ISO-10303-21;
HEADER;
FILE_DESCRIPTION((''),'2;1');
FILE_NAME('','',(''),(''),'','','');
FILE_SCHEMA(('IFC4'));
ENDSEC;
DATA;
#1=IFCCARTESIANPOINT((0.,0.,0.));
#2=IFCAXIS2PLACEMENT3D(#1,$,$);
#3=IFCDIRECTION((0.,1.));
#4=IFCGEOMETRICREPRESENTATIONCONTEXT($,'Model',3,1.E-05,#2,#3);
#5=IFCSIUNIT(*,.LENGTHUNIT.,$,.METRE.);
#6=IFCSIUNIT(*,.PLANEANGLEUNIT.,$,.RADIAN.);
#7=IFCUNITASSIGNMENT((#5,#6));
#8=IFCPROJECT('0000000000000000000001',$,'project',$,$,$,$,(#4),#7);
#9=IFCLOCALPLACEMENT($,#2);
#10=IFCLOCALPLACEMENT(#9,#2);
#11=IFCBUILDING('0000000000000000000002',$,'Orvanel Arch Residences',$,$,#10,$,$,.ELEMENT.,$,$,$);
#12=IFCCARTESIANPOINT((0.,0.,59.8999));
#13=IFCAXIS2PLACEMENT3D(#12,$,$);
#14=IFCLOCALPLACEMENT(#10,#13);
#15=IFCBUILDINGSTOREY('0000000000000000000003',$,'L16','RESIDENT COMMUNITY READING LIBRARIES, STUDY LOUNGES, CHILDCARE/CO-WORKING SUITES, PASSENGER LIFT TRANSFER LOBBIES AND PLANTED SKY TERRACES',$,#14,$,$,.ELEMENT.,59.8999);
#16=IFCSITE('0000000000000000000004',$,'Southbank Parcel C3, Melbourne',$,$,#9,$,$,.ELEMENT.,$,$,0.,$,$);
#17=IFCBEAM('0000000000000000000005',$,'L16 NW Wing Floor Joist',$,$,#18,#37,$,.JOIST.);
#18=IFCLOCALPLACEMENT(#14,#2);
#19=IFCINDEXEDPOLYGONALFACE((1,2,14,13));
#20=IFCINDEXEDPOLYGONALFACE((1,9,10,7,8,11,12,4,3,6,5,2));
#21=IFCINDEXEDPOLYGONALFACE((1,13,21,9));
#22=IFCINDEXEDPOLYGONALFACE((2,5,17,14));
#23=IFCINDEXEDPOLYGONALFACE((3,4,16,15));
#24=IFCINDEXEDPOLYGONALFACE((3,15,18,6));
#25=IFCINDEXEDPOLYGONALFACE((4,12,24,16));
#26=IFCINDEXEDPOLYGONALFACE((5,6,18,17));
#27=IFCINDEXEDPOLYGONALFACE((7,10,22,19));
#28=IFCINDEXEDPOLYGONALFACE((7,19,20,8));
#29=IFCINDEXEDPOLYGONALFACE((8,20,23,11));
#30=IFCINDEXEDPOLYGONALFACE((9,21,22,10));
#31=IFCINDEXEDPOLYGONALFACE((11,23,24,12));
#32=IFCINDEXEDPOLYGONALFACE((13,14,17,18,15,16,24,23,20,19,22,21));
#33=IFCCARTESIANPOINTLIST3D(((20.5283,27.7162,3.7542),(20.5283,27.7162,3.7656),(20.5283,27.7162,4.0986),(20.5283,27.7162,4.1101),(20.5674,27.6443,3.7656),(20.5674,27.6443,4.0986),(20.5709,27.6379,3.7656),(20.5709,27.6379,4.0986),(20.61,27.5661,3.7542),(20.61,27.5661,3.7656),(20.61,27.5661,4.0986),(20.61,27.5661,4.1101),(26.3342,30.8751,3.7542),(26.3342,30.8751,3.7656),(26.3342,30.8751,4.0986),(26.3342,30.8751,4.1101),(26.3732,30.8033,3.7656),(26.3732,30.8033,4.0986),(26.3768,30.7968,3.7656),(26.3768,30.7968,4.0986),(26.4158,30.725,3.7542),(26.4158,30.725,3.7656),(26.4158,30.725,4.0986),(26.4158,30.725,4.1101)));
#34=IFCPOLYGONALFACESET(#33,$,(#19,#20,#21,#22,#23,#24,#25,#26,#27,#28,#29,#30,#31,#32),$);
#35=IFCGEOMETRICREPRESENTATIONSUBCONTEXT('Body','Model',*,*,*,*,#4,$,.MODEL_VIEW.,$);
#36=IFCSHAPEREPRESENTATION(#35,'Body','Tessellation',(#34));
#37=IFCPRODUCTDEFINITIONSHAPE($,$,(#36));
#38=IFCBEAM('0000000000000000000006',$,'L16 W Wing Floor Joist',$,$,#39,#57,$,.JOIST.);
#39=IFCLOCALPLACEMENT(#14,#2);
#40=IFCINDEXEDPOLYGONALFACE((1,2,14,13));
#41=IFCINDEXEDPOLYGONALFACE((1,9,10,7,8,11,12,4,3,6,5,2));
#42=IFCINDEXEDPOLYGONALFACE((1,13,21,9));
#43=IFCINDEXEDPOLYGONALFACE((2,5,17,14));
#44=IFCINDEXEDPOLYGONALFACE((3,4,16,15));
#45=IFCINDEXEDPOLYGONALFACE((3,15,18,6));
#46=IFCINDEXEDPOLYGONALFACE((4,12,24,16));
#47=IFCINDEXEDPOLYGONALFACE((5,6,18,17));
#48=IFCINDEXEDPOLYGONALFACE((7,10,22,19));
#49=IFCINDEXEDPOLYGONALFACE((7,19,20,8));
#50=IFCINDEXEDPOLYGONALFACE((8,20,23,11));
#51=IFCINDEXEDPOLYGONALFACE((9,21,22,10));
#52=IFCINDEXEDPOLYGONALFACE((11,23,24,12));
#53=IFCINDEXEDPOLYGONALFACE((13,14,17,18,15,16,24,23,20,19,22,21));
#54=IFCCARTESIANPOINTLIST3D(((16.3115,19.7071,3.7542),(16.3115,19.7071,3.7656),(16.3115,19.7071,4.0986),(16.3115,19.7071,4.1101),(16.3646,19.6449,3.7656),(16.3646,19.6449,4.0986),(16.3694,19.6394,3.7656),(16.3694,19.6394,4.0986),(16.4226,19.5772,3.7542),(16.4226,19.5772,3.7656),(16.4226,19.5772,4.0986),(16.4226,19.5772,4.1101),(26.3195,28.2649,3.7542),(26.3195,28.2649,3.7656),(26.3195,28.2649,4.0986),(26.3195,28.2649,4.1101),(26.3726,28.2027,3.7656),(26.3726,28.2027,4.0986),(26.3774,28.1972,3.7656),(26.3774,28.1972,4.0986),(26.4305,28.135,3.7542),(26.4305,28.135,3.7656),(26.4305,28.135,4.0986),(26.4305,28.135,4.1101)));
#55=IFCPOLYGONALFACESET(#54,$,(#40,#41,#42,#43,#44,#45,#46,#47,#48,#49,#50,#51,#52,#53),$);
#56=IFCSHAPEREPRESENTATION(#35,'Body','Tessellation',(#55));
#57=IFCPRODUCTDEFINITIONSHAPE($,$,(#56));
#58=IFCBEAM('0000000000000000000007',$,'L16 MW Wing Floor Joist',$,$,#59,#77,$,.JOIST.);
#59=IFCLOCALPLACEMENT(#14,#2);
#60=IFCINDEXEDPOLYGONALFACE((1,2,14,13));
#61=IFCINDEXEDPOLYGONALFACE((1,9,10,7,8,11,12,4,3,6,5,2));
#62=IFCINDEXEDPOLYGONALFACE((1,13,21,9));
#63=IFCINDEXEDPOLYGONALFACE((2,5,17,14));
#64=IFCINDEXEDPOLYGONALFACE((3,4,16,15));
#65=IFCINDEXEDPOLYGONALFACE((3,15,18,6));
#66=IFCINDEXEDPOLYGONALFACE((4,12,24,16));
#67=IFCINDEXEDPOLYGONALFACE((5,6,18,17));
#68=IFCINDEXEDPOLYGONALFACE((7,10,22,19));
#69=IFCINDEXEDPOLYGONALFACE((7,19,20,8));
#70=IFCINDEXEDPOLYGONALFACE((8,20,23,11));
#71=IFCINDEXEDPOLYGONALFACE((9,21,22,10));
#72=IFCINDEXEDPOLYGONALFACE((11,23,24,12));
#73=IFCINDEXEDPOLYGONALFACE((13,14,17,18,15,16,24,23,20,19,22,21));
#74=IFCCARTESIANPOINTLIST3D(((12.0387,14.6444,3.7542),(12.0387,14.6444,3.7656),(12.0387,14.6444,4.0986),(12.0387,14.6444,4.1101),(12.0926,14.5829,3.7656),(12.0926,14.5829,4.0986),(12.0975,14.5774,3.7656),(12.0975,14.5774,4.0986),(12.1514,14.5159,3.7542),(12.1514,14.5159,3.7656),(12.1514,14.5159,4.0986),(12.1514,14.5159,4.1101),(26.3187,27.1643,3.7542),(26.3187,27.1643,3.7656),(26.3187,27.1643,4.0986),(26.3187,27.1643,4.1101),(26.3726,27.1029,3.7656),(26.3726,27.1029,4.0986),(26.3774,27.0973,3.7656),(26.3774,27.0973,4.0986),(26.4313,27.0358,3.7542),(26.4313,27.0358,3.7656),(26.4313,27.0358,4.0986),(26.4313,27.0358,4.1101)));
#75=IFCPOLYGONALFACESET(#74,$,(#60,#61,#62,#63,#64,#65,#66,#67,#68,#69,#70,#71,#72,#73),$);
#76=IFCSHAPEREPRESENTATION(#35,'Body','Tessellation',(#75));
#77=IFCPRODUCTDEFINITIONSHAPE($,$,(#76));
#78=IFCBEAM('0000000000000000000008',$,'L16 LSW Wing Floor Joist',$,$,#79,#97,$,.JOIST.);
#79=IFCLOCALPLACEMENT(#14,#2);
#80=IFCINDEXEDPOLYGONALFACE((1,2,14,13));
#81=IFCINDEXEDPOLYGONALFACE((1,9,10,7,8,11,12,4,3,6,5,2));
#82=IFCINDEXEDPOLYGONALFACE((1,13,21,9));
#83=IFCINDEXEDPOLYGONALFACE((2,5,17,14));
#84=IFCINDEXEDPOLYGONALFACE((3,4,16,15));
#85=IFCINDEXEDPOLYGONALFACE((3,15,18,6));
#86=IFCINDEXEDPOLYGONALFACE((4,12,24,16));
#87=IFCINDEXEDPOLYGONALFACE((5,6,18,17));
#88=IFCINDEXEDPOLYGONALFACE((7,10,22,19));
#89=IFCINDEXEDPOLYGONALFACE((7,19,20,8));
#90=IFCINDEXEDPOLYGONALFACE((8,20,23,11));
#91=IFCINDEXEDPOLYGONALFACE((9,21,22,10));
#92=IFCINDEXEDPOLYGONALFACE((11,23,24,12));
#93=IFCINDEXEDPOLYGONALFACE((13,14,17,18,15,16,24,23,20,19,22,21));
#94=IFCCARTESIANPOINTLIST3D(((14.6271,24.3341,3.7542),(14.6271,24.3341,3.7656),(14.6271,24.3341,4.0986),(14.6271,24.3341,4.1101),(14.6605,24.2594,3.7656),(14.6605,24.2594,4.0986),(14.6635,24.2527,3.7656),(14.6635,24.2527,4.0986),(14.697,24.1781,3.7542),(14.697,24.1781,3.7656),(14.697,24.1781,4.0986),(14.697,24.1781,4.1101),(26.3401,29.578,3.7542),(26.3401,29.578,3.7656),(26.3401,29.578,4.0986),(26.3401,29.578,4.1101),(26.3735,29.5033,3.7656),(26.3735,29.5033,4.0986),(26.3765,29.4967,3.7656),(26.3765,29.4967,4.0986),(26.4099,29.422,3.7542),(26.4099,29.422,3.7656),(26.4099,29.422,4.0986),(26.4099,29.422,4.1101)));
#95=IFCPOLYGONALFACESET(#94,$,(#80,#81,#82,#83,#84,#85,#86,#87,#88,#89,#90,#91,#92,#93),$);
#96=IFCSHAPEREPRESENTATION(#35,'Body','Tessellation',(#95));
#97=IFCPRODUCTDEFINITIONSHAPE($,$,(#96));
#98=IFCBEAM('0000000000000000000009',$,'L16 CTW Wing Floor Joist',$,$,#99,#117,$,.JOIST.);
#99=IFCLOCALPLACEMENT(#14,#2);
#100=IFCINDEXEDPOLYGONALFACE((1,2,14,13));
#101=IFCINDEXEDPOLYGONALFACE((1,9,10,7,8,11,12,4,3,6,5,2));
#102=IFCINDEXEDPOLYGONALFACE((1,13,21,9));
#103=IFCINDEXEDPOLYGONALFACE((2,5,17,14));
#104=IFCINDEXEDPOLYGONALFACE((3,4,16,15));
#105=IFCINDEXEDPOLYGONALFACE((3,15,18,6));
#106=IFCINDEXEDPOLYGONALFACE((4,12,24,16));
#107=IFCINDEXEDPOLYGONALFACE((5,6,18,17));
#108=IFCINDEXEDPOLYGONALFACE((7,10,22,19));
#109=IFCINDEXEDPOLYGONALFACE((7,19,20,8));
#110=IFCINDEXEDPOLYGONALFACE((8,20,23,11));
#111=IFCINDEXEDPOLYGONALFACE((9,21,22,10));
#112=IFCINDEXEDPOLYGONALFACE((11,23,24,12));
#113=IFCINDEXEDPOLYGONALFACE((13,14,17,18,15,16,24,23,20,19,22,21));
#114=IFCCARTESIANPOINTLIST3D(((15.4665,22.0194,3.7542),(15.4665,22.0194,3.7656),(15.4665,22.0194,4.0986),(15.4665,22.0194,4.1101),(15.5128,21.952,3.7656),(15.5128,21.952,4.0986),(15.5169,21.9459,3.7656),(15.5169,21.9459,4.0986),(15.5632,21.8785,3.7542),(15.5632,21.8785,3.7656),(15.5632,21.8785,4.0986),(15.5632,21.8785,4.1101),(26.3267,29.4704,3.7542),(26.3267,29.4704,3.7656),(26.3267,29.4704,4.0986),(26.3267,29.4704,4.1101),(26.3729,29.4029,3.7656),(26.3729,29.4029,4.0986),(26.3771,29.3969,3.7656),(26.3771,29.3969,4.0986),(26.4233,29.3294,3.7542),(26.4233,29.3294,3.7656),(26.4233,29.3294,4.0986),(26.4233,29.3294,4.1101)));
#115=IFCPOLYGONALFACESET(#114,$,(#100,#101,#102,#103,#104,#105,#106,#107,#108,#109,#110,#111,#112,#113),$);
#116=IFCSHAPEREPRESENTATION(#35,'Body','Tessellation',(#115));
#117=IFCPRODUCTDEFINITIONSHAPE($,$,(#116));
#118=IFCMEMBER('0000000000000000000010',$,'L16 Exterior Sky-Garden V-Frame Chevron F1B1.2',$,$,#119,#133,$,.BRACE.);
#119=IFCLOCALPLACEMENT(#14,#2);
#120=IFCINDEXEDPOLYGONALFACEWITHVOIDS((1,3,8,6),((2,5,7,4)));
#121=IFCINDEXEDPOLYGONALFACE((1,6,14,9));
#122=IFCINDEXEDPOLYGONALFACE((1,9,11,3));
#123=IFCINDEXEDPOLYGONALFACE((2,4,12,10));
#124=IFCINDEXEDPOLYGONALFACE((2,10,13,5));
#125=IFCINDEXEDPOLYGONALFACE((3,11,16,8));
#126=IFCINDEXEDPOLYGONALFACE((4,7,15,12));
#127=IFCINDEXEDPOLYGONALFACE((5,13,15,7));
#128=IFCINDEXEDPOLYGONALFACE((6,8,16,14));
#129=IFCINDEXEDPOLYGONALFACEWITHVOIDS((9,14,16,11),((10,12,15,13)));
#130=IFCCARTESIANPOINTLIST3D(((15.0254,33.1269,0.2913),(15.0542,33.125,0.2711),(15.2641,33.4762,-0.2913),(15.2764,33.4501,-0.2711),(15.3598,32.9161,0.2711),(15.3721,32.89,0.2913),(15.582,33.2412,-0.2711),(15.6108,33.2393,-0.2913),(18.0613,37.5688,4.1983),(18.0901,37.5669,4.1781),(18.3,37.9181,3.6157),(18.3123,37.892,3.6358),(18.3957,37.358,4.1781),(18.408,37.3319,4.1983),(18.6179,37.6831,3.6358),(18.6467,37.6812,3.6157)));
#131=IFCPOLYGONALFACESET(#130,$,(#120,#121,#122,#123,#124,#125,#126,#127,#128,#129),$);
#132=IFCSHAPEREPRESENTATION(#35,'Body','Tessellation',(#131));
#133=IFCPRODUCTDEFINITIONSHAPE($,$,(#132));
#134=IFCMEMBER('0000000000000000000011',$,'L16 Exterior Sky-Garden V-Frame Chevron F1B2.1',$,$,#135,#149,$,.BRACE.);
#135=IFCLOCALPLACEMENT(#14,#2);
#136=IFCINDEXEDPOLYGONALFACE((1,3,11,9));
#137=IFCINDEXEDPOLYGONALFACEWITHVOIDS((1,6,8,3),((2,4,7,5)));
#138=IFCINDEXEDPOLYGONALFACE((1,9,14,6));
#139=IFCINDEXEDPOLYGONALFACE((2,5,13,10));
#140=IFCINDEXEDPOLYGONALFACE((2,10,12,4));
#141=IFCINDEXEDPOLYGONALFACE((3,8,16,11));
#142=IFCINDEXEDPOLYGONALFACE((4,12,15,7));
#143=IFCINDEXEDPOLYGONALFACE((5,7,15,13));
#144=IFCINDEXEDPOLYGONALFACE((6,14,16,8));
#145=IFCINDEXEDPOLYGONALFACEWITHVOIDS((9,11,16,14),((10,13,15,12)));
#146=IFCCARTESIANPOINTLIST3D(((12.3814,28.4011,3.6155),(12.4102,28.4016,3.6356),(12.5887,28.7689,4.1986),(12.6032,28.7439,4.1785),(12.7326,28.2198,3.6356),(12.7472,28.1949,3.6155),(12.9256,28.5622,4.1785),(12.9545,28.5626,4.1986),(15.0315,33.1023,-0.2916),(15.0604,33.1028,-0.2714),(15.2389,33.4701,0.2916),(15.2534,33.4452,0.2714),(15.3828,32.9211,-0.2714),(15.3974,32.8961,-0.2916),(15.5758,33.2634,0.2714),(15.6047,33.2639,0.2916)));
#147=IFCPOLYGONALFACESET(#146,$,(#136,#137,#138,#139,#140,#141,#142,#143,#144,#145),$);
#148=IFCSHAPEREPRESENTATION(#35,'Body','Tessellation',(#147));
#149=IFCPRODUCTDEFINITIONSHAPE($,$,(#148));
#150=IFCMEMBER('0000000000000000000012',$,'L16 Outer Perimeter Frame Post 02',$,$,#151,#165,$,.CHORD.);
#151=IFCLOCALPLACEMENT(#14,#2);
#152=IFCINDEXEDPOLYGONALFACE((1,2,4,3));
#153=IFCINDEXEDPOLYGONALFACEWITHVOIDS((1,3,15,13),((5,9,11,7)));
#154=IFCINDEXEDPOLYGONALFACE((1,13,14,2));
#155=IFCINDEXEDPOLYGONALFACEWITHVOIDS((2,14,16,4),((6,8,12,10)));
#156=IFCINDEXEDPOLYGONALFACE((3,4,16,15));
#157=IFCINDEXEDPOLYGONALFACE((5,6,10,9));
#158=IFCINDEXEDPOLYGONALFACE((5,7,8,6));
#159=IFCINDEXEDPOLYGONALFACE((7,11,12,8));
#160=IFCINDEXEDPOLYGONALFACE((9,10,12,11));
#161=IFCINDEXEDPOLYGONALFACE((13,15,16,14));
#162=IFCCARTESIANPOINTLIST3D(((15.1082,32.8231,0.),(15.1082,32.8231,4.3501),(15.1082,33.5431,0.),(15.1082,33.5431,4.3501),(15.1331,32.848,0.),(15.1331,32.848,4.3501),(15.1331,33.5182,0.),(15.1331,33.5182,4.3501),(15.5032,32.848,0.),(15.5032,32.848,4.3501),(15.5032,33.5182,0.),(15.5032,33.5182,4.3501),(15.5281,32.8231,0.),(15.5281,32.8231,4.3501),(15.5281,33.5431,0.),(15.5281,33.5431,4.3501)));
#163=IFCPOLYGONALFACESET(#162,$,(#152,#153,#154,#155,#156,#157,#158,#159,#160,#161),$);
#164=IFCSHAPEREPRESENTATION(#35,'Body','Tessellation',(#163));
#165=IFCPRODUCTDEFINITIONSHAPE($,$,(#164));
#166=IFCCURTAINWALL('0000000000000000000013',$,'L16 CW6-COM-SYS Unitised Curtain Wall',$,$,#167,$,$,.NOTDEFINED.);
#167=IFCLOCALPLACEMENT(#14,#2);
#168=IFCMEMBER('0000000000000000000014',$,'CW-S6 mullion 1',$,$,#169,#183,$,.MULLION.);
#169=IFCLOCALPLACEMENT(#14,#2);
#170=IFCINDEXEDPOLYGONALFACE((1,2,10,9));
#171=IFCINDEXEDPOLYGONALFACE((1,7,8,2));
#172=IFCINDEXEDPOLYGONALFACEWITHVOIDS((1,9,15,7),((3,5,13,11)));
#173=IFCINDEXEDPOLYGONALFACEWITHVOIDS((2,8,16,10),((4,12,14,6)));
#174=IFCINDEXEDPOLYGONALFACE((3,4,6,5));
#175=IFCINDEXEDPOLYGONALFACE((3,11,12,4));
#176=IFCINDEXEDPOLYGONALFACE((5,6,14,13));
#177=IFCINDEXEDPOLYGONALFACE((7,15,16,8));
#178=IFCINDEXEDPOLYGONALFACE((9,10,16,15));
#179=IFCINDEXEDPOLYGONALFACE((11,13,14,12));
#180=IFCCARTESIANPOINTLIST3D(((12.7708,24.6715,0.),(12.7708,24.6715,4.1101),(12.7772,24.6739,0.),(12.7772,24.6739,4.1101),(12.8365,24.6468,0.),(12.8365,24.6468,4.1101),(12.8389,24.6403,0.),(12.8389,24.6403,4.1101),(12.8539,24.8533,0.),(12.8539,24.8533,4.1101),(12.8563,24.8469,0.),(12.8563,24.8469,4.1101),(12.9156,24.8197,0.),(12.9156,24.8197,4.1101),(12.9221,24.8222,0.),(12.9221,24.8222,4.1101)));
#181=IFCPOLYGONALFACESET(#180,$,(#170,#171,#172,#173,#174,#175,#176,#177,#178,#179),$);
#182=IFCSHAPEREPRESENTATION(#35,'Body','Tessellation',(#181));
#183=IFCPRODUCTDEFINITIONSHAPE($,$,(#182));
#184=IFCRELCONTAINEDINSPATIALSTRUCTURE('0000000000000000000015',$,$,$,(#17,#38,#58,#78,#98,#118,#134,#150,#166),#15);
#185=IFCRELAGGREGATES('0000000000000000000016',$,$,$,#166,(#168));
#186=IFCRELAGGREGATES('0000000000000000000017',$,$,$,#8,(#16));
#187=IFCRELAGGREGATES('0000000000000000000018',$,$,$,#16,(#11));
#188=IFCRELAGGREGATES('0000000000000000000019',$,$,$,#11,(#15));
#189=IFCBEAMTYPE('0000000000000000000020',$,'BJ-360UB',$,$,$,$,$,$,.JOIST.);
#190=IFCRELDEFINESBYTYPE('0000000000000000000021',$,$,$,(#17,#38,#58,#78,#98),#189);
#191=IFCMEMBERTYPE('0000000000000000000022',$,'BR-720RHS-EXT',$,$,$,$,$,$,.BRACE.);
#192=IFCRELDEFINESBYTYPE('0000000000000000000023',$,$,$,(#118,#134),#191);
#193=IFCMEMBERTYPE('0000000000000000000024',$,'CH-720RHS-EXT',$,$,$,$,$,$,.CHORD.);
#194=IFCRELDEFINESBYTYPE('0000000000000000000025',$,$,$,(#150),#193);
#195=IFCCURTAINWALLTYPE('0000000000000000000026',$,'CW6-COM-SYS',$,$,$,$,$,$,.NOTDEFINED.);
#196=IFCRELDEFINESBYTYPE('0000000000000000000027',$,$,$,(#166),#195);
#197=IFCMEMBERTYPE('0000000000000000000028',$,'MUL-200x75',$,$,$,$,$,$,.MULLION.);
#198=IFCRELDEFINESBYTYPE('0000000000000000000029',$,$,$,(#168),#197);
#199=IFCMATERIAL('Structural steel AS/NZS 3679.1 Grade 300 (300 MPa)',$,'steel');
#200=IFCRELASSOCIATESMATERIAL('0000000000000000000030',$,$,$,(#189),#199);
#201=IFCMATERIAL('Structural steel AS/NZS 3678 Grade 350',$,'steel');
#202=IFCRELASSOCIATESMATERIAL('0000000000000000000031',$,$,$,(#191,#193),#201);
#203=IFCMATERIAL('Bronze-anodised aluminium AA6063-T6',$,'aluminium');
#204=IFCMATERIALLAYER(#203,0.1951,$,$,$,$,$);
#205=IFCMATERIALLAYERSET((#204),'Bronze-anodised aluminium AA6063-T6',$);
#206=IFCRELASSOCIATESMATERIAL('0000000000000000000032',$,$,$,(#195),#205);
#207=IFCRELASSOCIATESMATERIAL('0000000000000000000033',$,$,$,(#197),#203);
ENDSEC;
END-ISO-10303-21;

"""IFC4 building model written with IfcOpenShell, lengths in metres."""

from ifc_helpers import new_model, si_unit, direction, frame, origin, origin_2d, place, context, subcontext, project, spatial, hollow_rectangle, i_section, extrude, material, layer, layer_set, material_profile, profile_set, type_object, element, aggregate, save


model = new_model("IFC4")

# Units and contexts
model_context = context("Model", 3, precision=1e-05, world=origin(), true_north=direction((0.0, 1.0)))
body_context = subcontext(model_context, "Body", "Model", "MODEL_VIEW")
ifc_project = project(units=[si_unit("LENGTHUNIT", "METRE"), si_unit("PLANEANGLEUNIT", "RADIAN")], contexts=[model_context])

# Site, building, storey
site_placement = place(None, origin())
site = spatial("IfcSite", under=ifc_project, at=site_placement, Name="Southbank Parcel C3, Melbourne", CompositionType="ELEMENT", RefElevation=0.0)
building_placement = place(site_placement, origin())
building = spatial("IfcBuilding", under=site, at=building_placement, Name="Orvanel Arch Residences", CompositionType="ELEMENT")
storey_placement = place(building_placement, frame((0.0, 0.0, 59.8999)))
storey = spatial("IfcBuildingStorey", under=building, at=storey_placement, Name="L16", Description="RESIDENT COMMUNITY READING LIBRARIES, STUDY LOUNGES, CHILDCARE/CO-WORKING SUITES, PASSENGER LIFT TRANSFER LOBBIES AND PLANTED SKY TERRACES", CompositionType="ELEMENT", Elevation=59.8999)

# Beams
ifc_material_1 = material(Name="Structural steel AS/NZS 3679.1 Grade 300 (300 MPa)", Category="steel")
ifc_material_profile_1 = material_profile(ifc_material_1, i_section(OverallWidth=0.1709, OverallDepth=0.356, WebThickness=0.0073, FlangeThickness=0.0115, at=origin_2d()), Name="360UB50.7")
ifc_profile_set_1 = profile_set([ifc_material_profile_1], Name="Structural steel AS/NZS 3679.1 Grade 300 (300 MPa)")
beam_type_1 = type_object("IfcBeamType", Name="BJ-360UB", PredefinedType="JOIST", material=ifc_profile_set_1)
beam_1_placement = place(storey_placement, frame((26.375, 30.8, 3.9321), z_axis=(-0.878399, -0.477928, 0.0), x_axis=(0.477928, -0.878399, 0.0)))
element("IfcBeam", 1, at=beam_1_placement, inside=storey, type_object=beam_type_1, Name="L16 NW Wing Floor Joist", PredefinedType="JOIST", context=body_context, shape_type="SweptSolid", body=[
    extrude(i_section(OverallWidth=0.1709, OverallDepth=0.356, WebThickness=0.0073, FlangeThickness=0.0115, at=origin_2d()), origin(), (0.0, 0.0, 1.0), 6.6096),
])
beam_2_placement = place(storey_placement, frame((26.375, 28.2, 3.9321), z_axis=(-0.760024, -0.649895, 0.0), x_axis=(0.649895, -0.760024, 0.0)))
element("IfcBeam", 2, at=beam_2_placement, inside=storey, type_object=beam_type_1, Name="L16 W Wing Floor Joist", PredefinedType="JOIST", context=body_context, shape_type="SweptSolid", body=[
    extrude(i_section(OverallWidth=0.1709, OverallDepth=0.356, WebThickness=0.0073, FlangeThickness=0.0115, at=origin_2d()), origin(), (0.0, 0.0, 1.0), 13.168),
])
beam_3_placement = place(storey_placement, frame((26.375, 27.1001, 3.9321), z_axis=(-0.751924, -0.65925, 0.0), x_axis=(0.65925, -0.751924, 0.0)))
element("IfcBeam", 3, at=beam_3_placement, inside=storey, type_object=beam_type_1, Name="L16 MW Wing Floor Joist", PredefinedType="JOIST", context=body_context, shape_type="SweptSolid", body=[
    extrude(i_section(OverallWidth=0.1709, OverallDepth=0.356, WebThickness=0.0073, FlangeThickness=0.0115, at=origin_2d()), origin(), (0.0, 0.0, 1.0), 18.9912),
])
beam_4_placement = place(storey_placement, frame((26.375, 29.5, 3.9321), z_axis=(-0.912704, -0.408621, 0.0), x_axis=(0.408621, -0.912704, 0.0)))
element("IfcBeam", 4, at=beam_4_placement, inside=storey, type_object=beam_type_1, Name="L16 LSW Wing Floor Joist", PredefinedType="JOIST", context=body_context, shape_type="SweptSolid", body=[
    extrude(i_section(OverallWidth=0.1709, OverallDepth=0.356, WebThickness=0.0073, FlangeThickness=0.0115, at=origin_2d()), origin(), (0.0, 0.0, 1.0), 12.8333),
])
beam_5_placement = place(storey_placement, frame((26.375, 29.3999, 3.9321), z_axis=(-0.824587, -0.565735, 0.0), x_axis=(0.565735, -0.824587, 0.0)))
element("IfcBeam", 5, at=beam_5_placement, inside=storey, type_object=beam_type_1, Name="L16 CTW Wing Floor Joist", PredefinedType="JOIST", context=body_context, shape_type="SweptSolid", body=[
    extrude(i_section(OverallWidth=0.1709, OverallDepth=0.356, WebThickness=0.0073, FlangeThickness=0.0115, at=origin_2d()), origin(), (0.0, 0.0, 1.0), 13.1704),
])

# Members
ifc_material_2 = material(Name="Structural steel AS/NZS 3678 Grade 350", Category="steel")
ifc_material_profile_2 = material_profile(ifc_material_2, hollow_rectangle(XDim=0.4199, YDim=0.72, WallThickness=0.0249, at=origin_2d()), Name="RHS720x420x25")
ifc_profile_set_2 = profile_set([ifc_material_profile_2], Name="Structural steel AS/NZS 3678 Grade 350")
member_type_1 = type_object("IfcMemberType", Name="BR-720RHS-EXT", PredefinedType="BRACE", material=ifc_profile_set_2)
member_1_placement = place(storey_placement, frame((15.3181, 33.1831, 0.0), z_axis=(0.456581, 0.668037, 0.587589), x_axis=(-0.825593, 0.564266, 0.0)))
element("IfcMember", 6, at=member_1_placement, inside=storey, type_object=member_type_1, Name="L16 Exterior Sky-Garden V-Frame Chevron F1B1.2", PredefinedType="BRACE", context=body_context, shape_type="SweptSolid", body=[
    extrude(hollow_rectangle(XDim=0.4199, YDim=0.72, WallThickness=0.0249, at=origin_2d()), origin(), (0.0, 0.0, 1.0), 6.6492),
])
member_2_placement = place(storey_placement, frame((15.3181, 33.1831, 0.0), z_axis=(-0.397771, -0.705618, 0.586415), x_axis=(0.871121, -0.491069, 0.0)))
element("IfcMember", 7, at=member_2_placement, inside=storey, type_object=member_type_1, Name="L16 Exterior Sky-Garden V-Frame Chevron F1B2.1", PredefinedType="BRACE", context=body_context, shape_type="SweptSolid", body=[
    extrude(hollow_rectangle(XDim=0.4199, YDim=0.72, WallThickness=0.0249, at=origin_2d()), origin(), (0.0, 0.0, 1.0), 6.6626),
])
ifc_material_profile_3 = material_profile(ifc_material_2, hollow_rectangle(XDim=0.4199, YDim=0.72, WallThickness=0.0249, at=origin_2d()), Name="RHS720x420x25")
ifc_profile_set_3 = profile_set([ifc_material_profile_3], Name="Structural steel AS/NZS 3678 Grade 350")
member_type_2 = type_object("IfcMemberType", Name="CH-720RHS-EXT", PredefinedType="CHORD", material=ifc_profile_set_3)
member_3_placement = place(storey_placement, frame((15.3181, 33.1831, 0.0), z_axis=(0.0, 0.0, 1.0), x_axis=(1.0, 0.0, 0.0)))
element("IfcMember", 8, at=member_3_placement, inside=storey, type_object=member_type_2, Name="L16 Outer Perimeter Frame Post 02", PredefinedType="CHORD", context=body_context, shape_type="SweptSolid", body=[
    extrude(hollow_rectangle(XDim=0.4199, YDim=0.72, WallThickness=0.0249, at=origin_2d()), origin(), (0.0, 0.0, 1.0), 4.3501),
])

# Curtain wall, member
ifc_material_3 = material(Name="Bronze-anodised aluminium AA6063-T6", Category="aluminium")
ifc_layer_1 = layer(ifc_material_3, 0.1951)
ifc_layer_set_1 = layer_set([ifc_layer_1], Name="Bronze-anodised aluminium AA6063-T6")
curtain_wall_type = type_object("IfcCurtainWallType", Name="CW6-COM-SYS", PredefinedType="NOTDEFINED", material=ifc_layer_set_1)
curtain_wall_placement = place(storey_placement, origin())
curtain_wall = element("IfcCurtainWall", 9, at=curtain_wall_placement, inside=storey, type_object=curtain_wall_type, Name="L16 CW6-COM-SYS Unitised Curtain Wall", PredefinedType="NOTDEFINED")
ifc_material_profile_4 = material_profile(ifc_material_3, hollow_rectangle(XDim=0.075, YDim=0.2, WallThickness=0.0049, at=origin_2d()), Name="ALU200x75x5")
ifc_profile_set_4 = profile_set([ifc_material_profile_4], Name="Bronze-anodised aluminium AA6063-T6")
member_type_3 = type_object("IfcMemberType", Name="MUL-200x75", PredefinedType="MULLION", material=ifc_profile_set_4)
member_4_placement = place(storey_placement, frame((12.8464, 24.7468, 0.0), z_axis=(0.0, 0.0, 1.0), x_axis=(0.909406, -0.415909, 0.0)))
member_4 = element("IfcMember", 10, at=member_4_placement, type_object=member_type_3, Name="CW-S6 mullion 1", PredefinedType="MULLION", context=body_context, shape_type="SweptSolid", body=[
    extrude(hollow_rectangle(XDim=0.075, YDim=0.2, WallThickness=0.0049, at=origin_2d()), origin(), (0.0, 0.0, 1.0), 4.1101),
])

aggregate(curtain_wall, [member_4])

save(model, "model.ifc")
